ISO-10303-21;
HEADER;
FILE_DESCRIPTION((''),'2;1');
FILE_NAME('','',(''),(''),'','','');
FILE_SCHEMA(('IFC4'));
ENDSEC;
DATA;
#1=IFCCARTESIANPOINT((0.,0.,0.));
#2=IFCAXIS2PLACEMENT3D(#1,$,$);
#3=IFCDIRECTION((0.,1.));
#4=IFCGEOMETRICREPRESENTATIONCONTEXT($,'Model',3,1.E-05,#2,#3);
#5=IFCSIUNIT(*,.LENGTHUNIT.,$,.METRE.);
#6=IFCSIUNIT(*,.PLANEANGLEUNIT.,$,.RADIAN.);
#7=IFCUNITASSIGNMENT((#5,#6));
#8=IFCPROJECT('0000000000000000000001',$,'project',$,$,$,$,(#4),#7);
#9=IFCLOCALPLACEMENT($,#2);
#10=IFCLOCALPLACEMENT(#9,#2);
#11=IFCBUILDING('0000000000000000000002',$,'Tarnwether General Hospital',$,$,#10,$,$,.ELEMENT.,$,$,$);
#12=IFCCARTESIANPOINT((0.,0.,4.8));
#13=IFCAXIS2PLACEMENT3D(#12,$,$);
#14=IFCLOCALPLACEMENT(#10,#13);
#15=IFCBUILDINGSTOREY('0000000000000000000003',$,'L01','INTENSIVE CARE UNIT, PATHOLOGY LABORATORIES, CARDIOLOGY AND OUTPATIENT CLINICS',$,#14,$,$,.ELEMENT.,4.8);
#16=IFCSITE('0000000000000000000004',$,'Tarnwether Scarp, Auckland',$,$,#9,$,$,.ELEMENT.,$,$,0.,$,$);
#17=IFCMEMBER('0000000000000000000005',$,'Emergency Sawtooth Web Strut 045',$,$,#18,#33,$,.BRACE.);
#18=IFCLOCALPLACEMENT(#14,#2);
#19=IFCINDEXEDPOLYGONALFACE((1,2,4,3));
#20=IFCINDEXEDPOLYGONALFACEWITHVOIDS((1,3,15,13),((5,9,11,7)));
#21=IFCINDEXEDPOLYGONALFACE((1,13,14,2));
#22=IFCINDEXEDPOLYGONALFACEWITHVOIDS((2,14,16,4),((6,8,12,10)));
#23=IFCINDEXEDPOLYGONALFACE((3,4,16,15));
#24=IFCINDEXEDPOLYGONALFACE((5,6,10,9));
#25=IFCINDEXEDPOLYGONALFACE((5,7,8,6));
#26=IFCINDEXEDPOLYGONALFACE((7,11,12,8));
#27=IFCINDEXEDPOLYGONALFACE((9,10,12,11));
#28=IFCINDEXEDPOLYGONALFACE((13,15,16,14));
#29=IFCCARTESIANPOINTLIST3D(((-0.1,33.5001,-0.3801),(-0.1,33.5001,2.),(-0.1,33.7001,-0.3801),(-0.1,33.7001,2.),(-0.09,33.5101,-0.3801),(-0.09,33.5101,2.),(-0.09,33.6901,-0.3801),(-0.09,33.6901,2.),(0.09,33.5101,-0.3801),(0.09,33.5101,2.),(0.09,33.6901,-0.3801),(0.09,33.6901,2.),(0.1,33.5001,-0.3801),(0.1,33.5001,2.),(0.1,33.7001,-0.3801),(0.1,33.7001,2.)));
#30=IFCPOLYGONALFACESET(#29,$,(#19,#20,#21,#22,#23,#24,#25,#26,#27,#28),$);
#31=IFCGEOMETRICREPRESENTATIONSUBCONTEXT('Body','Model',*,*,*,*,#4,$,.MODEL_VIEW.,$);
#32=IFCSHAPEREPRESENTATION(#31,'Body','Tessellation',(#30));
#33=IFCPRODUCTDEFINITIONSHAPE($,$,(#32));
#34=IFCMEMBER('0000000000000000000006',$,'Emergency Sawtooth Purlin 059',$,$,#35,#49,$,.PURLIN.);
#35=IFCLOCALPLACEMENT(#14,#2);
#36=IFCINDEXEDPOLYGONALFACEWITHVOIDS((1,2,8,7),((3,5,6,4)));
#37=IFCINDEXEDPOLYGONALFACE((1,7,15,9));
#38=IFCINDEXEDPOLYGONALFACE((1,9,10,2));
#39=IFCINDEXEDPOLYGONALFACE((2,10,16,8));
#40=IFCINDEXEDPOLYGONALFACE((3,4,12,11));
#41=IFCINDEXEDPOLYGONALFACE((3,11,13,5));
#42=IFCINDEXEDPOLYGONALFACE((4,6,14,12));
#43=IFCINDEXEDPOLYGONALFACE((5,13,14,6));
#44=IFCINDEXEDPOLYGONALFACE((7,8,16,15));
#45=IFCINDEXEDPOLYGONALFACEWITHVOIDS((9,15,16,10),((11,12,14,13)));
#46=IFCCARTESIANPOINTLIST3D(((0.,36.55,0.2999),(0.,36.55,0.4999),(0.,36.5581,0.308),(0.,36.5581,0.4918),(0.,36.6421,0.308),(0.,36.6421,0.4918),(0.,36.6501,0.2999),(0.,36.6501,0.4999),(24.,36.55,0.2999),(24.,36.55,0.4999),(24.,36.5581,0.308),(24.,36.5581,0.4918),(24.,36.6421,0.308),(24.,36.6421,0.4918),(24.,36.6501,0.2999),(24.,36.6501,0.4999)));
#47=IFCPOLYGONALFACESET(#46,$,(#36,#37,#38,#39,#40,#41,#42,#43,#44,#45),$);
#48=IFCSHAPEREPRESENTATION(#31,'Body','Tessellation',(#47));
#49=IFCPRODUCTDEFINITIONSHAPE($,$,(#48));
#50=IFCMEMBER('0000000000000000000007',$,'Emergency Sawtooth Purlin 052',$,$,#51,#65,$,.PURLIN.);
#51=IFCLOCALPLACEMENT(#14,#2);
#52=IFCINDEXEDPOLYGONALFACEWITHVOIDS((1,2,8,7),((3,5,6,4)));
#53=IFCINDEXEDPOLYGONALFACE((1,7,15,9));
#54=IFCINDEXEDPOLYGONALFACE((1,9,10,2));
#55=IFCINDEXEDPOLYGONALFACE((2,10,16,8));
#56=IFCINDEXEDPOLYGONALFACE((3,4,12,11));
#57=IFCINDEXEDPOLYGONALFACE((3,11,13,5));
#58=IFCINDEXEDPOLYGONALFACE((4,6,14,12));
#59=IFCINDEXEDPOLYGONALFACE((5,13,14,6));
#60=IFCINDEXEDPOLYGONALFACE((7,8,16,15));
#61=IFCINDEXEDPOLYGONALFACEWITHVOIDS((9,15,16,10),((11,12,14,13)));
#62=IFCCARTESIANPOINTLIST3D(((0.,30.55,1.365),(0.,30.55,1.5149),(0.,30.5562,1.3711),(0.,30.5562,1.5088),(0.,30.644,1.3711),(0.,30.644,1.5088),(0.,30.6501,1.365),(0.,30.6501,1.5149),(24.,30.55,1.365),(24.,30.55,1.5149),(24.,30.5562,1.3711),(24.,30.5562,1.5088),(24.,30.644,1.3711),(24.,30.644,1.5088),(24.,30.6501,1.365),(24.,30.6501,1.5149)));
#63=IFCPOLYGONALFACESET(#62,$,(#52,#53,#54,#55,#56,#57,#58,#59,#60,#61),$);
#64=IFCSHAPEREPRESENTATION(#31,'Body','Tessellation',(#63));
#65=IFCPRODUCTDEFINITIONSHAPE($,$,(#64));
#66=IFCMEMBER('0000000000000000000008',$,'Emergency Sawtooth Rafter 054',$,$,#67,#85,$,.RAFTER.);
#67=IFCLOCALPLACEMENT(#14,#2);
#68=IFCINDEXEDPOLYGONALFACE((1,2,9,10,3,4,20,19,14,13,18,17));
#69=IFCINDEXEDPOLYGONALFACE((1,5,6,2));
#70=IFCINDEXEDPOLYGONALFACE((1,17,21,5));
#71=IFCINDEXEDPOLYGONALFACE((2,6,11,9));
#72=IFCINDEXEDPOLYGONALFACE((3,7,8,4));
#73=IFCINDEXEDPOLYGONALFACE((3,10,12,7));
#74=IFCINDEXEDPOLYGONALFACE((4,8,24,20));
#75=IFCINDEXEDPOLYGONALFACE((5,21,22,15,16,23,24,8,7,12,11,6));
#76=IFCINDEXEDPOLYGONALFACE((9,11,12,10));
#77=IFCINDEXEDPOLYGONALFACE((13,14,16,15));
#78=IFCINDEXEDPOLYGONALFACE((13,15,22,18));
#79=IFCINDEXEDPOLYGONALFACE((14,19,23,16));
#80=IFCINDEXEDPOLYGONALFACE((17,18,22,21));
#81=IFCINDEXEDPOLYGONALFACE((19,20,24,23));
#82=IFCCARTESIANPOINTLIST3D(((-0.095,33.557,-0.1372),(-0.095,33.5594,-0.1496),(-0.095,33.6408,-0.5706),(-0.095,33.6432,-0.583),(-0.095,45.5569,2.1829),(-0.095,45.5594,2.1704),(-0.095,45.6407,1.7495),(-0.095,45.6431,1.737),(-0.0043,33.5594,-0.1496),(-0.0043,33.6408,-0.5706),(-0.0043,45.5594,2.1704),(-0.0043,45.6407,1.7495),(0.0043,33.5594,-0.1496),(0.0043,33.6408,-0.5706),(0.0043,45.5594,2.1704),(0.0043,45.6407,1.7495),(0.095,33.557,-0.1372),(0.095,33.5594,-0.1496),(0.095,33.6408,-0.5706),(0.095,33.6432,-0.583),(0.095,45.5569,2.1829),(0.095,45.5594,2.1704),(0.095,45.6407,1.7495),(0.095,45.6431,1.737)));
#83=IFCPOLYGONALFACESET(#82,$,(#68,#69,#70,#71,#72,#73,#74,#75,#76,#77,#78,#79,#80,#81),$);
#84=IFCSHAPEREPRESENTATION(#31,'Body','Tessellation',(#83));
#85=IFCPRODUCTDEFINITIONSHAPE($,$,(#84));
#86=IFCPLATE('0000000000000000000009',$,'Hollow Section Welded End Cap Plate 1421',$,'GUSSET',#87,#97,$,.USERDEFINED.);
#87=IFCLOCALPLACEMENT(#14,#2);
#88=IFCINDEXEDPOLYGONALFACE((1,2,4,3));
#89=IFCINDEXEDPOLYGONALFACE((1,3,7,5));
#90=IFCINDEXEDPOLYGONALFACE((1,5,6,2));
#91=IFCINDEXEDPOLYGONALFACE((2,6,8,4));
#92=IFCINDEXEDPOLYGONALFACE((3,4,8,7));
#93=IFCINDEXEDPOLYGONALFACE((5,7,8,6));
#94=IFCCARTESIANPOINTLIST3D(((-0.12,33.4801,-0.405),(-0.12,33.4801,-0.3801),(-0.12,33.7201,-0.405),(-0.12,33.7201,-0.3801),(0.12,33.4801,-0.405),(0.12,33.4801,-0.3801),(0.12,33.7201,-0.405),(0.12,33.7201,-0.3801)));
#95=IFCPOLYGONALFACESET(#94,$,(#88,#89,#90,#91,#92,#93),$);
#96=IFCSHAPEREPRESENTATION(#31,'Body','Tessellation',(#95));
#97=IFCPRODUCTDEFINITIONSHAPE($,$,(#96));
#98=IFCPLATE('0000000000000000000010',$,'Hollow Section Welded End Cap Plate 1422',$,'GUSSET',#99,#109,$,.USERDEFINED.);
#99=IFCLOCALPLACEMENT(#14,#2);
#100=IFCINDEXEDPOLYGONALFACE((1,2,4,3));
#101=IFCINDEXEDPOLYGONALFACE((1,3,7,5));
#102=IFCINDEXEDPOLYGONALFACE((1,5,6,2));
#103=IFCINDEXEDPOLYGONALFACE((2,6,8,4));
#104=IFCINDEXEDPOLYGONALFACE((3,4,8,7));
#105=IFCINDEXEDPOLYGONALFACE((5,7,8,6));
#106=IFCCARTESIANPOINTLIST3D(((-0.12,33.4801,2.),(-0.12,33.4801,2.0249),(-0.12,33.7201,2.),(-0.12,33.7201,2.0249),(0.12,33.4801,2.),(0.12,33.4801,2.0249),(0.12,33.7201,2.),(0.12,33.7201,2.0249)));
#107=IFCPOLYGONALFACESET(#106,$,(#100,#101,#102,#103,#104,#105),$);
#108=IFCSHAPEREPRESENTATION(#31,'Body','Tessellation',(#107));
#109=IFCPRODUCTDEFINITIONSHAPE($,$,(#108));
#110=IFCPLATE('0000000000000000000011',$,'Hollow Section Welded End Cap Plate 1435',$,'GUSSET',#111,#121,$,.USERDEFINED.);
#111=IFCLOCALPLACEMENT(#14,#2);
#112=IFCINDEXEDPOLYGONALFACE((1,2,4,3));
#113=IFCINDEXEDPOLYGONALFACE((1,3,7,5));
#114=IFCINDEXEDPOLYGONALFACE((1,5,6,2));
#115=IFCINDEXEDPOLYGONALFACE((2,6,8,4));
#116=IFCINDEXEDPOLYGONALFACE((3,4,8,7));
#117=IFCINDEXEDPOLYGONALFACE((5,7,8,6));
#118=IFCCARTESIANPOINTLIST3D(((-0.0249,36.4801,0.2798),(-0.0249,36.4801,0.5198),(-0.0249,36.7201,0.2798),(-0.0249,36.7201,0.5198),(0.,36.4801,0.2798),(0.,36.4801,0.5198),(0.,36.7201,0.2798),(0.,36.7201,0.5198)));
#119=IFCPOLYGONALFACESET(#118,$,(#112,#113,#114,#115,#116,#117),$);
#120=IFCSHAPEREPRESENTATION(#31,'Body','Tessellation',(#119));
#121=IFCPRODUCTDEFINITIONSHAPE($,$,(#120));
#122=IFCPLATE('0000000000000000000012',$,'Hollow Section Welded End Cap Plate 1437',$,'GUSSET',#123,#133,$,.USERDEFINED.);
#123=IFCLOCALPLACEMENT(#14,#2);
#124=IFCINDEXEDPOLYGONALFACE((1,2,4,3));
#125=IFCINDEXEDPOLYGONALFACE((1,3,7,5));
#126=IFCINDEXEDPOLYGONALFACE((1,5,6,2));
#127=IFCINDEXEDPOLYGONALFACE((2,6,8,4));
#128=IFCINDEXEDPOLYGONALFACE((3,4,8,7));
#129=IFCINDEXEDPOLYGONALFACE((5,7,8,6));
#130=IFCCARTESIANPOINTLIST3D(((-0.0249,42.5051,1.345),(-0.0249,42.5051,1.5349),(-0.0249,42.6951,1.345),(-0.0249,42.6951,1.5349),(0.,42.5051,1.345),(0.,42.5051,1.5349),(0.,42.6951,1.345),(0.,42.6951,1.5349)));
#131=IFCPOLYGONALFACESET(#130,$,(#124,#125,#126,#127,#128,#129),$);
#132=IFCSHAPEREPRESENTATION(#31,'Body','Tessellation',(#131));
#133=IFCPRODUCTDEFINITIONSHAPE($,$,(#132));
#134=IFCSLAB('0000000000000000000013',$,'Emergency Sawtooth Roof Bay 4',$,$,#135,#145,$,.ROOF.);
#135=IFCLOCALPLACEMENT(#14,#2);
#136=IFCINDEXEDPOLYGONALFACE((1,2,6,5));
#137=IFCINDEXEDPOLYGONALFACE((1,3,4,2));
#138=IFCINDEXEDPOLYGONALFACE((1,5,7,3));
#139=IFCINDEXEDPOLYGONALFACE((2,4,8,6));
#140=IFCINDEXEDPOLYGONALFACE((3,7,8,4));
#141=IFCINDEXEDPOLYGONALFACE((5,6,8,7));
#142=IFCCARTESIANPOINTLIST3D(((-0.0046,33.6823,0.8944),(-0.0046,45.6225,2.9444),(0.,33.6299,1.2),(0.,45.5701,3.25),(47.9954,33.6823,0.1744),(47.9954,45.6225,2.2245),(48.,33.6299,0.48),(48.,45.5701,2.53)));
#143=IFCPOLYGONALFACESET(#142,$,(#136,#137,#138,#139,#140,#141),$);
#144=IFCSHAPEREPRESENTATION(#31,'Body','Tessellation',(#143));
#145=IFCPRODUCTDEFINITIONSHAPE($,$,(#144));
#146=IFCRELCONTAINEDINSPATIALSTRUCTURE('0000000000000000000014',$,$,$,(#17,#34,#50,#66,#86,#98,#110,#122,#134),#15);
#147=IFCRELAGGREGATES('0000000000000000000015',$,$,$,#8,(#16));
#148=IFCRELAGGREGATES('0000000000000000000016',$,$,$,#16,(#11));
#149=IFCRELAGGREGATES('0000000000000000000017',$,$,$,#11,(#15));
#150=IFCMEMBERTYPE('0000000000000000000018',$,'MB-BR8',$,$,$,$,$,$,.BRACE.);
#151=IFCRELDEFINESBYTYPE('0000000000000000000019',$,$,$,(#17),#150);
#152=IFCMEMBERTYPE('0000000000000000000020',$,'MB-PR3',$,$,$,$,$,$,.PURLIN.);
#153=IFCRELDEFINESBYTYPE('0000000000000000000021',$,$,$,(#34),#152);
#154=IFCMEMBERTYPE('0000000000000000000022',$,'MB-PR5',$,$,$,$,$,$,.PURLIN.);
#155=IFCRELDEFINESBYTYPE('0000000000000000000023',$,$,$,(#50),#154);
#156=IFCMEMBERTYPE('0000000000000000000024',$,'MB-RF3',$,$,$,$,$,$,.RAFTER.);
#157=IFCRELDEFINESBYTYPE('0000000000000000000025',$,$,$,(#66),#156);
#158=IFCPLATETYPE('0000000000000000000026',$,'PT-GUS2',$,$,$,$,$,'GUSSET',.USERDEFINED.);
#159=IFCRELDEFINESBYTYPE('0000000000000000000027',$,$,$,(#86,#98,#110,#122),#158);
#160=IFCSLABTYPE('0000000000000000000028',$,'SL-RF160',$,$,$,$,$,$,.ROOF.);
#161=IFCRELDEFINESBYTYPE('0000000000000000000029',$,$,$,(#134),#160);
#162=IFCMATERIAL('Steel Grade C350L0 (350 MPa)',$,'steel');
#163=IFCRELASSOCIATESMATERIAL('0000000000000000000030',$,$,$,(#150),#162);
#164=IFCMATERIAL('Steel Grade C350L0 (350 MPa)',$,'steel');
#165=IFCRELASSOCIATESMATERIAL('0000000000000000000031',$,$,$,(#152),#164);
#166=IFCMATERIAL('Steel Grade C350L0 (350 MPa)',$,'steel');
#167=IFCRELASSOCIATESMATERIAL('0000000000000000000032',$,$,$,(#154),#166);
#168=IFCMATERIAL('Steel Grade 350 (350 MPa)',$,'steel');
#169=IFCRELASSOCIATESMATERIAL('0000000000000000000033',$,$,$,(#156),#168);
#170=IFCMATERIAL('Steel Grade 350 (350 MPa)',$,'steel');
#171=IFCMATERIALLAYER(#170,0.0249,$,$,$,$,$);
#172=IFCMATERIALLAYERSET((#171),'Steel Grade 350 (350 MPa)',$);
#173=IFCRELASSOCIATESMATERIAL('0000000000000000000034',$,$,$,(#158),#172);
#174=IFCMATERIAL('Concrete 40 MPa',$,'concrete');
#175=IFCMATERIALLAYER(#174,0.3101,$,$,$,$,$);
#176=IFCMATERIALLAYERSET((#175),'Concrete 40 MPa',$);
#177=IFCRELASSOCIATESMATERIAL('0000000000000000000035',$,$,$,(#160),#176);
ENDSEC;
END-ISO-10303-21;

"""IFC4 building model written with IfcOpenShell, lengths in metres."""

from ifc_helpers import new_model, si_unit, direction, frame, origin, origin_2d, place, context, subcontext, project, spatial, polyline, rectangle, hollow_rectangle, i_section, outline, extrude, material, layer, layer_set, material_profile, profile_set, type_object, element, save


model = new_model("IFC4")

# Units and contexts
model_context = context("Model", 3, precision=1e-05, world=origin(), true_north=direction((0.0, 1.0)))
body_context = subcontext(model_context, "Body", "Model", "MODEL_VIEW")
ifc_project = project(units=[si_unit("LENGTHUNIT", "METRE"), si_unit("PLANEANGLEUNIT", "RADIAN")], contexts=[model_context])

# Site, building, storey
site_placement = place(None, origin())
site = spatial("IfcSite", under=ifc_project, at=site_placement, Name="Tarnwether Scarp, Auckland", CompositionType="ELEMENT", RefElevation=0.0)
building_placement = place(site_placement, origin())
building = spatial("IfcBuilding", under=site, at=building_placement, Name="Tarnwether General Hospital", CompositionType="ELEMENT")
storey_placement = place(building_placement, frame((0.0, 0.0, 4.8)))
storey = spatial("IfcBuildingStorey", under=building, at=storey_placement, Name="L01", Description="INTENSIVE CARE UNIT, PATHOLOGY LABORATORIES, CARDIOLOGY AND OUTPATIENT CLINICS", CompositionType="ELEMENT", Elevation=4.8)

# Members
ifc_material_1 = material(Name="Steel Grade C350L0 (350 MPa)", Category="steel")
ifc_material_profile_1 = material_profile(ifc_material_1, hollow_rectangle(XDim=0.2, YDim=0.2, WallThickness=0.01, at=origin_2d()), Name="SHS200x200x10")
ifc_profile_set_1 = profile_set([ifc_material_profile_1], Name="Steel Grade C350L0 (350 MPa)")
member_type_1 = type_object("IfcMemberType", Name="MB-BR8", PredefinedType="BRACE", material=ifc_profile_set_1)
member_1_placement = place(storey_placement, frame((0.0, 33.6001, -0.3801), z_axis=(0.0, 0.0, 1.0), x_axis=(1.0, 0.0, 0.0)))
element("IfcMember", 1, at=member_1_placement, inside=storey, type_object=member_type_1, Name="Emergency Sawtooth Web Strut 045", PredefinedType="BRACE", context=body_context, shape_type="SweptSolid", body=[
    extrude(hollow_rectangle(XDim=0.2, YDim=0.2, WallThickness=0.01, at=origin_2d()), origin(), (0.0, 0.0, 1.0), 2.3801),
])
ifc_material_2 = material(Name="Steel Grade C350L0 (350 MPa)", Category="steel")
ifc_material_profile_2 = material_profile(ifc_material_2, hollow_rectangle(XDim=0.1001, YDim=0.2, WallThickness=0.0081, at=origin_2d()), Name="RHS200x100x8")
ifc_profile_set_2 = profile_set([ifc_material_profile_2], Name="Steel Grade C350L0 (350 MPa)")
member_type_2 = type_object("IfcMemberType", Name="MB-PR3", PredefinedType="PURLIN", material=ifc_profile_set_2)
member_2_placement = place(storey_placement, frame((0.0, 36.6001, 0.3999), z_axis=(1.0, 0.0, 0.0), x_axis=(0.0, 1.0, 0.0)))
element("IfcMember", 2, at=member_2_placement, inside=storey, type_object=member_type_2, Name="Emergency Sawtooth Purlin 059", PredefinedType="PURLIN", context=body_context, shape_type="SweptSolid", body=[
    extrude(hollow_rectangle(XDim=0.1001, YDim=0.2, WallThickness=0.0081, at=origin_2d()), origin(), (0.0, 0.0, 1.0), 24.0),
])
ifc_material_3 = material(Name="Steel Grade C350L0 (350 MPa)", Category="steel")
ifc_material_profile_3 = material_profile(ifc_material_3, hollow_rectangle(XDim=0.1001, YDim=0.1499, WallThickness=0.0061, at=origin_2d()), Name="RHS150x100x6")
ifc_profile_set_3 = profile_set([ifc_material_profile_3], Name="Steel Grade C350L0 (350 MPa)")
member_type_3 = type_object("IfcMemberType", Name="MB-PR5", PredefinedType="PURLIN", material=ifc_profile_set_3)
member_3_placement = place(storey_placement, frame((0.0, 30.6001, 1.4399), z_axis=(1.0, 0.0, 0.0), x_axis=(0.0, 1.0, 0.0)))
element("IfcMember", 3, at=member_3_placement, inside=storey, type_object=member_type_3, Name="Emergency Sawtooth Purlin 052", PredefinedType="PURLIN", context=body_context, shape_type="SweptSolid", body=[
    extrude(hollow_rectangle(XDim=0.1001, YDim=0.1499, WallThickness=0.0061, at=origin_2d()), origin(), (0.0, 0.0, 1.0), 24.0),
])
ifc_material_4 = material(Name="Steel Grade 350 (350 MPa)", Category="steel")
ifc_material_profile_4 = material_profile(ifc_material_4, i_section(OverallWidth=0.1899, OverallDepth=0.4541, WebThickness=0.0085, FlangeThickness=0.0127, at=origin_2d()), Name="460UB67.1")
ifc_profile_set_4 = profile_set([ifc_material_profile_4], Name="Steel Grade 350 (350 MPa)")
member_type_4 = type_object("IfcMemberType", Name="MB-RF3", PredefinedType="RAFTER", material=ifc_profile_set_4)
member_4_placement = place(storey_placement, frame((0.0, 33.6001, -0.3601), z_axis=(0.0, 0.981818, 0.189824), x_axis=(-1.0, 0.0, 0.0)))
element("IfcMember", 4, at=member_4_placement, inside=storey, type_object=member_type_4, Name="Emergency Sawtooth Rafter 054", PredefinedType="RAFTER", context=body_context, shape_type="SweptSolid", body=[
    extrude(i_section(OverallWidth=0.1899, OverallDepth=0.4541, WebThickness=0.0085, FlangeThickness=0.0127, at=origin_2d()), origin(), (0.0, 0.0, 1.0), 12.2222),
])

# Plates
ifc_material_5 = material(Name="Steel Grade 350 (350 MPa)", Category="steel")
ifc_layer_1 = layer(ifc_material_5, 0.0249)
ifc_layer_set_1 = layer_set([ifc_layer_1], Name="Steel Grade 350 (350 MPa)")
plate_type = type_object("IfcPlateType", Name="PT-GUS2", ElementType="GUSSET", PredefinedType="USERDEFINED", material=ifc_layer_set_1)
for number, where, z_axis, x_axis, name in (
    (5, (0.0, 33.6001, -0.405), (0.0, 0.0, 1.0), (1.0, 0.0, 0.0), "Hollow Section Welded End Cap Plate 1421"),
    (6, (0.0, 33.6001, 2.0), (0.0, 0.0, 1.0), (1.0, 0.0, 0.0), "Hollow Section Welded End Cap Plate 1422"),
):
    element("IfcPlate", number, at=place(storey_placement, frame(where, z_axis=z_axis, x_axis=x_axis)), inside=storey, type_object=plate_type, Name=name, ObjectType="GUSSET", PredefinedType="USERDEFINED", context=body_context, shape_type="SweptSolid", body=[
        extrude(rectangle(XDim=0.24, YDim=0.24, at=origin_2d()), origin(), (0.0, 0.0, 1.0), 0.0249),
    ])
plate_1_placement = place(storey_placement, frame((-0.0125, 36.6001, 0.2798), z_axis=(0.0, 0.0, 1.0), x_axis=(1.0, 0.0, 0.0)))
element("IfcPlate", 7, at=plate_1_placement, inside=storey, type_object=plate_type, Name="Hollow Section Welded End Cap Plate 1435", ObjectType="GUSSET", PredefinedType="USERDEFINED", context=body_context, shape_type="SweptSolid", body=[
    extrude(rectangle(XDim=0.0249, YDim=0.24, at=origin_2d()), origin(), (0.0, 0.0, 1.0), 0.24),
])
plate_2_placement = place(storey_placement, frame((-0.0125, 42.6001, 1.345), z_axis=(0.0, 0.0, 1.0), x_axis=(1.0, 0.0, 0.0)))
element("IfcPlate", 8, at=plate_2_placement, inside=storey, type_object=plate_type, Name="Hollow Section Welded End Cap Plate 1437", ObjectType="GUSSET", PredefinedType="USERDEFINED", context=body_context, shape_type="SweptSolid", body=[
    extrude(rectangle(XDim=0.0249, YDim=0.1899, at=origin_2d()), origin(), (0.0, 0.0, 1.0), 0.1899),
])

# Slab
ifc_material_6 = material(Name="Concrete 40 MPa", Category="concrete")
ifc_layer_2 = layer(ifc_material_6, 0.3101)
ifc_layer_set_2 = layer_set([ifc_layer_2], Name="Concrete 40 MPa")
slab_type = type_object("IfcSlabType", Name="SL-RF160", PredefinedType="ROOF", material=ifc_layer_set_2)
slab_placement = place(storey_placement, frame((0.0, 33.6299, 1.2), z_axis=(0.014781, -0.169199, 0.985471), x_axis=(0.999888, 0.0, -0.014998)))
element("IfcSlab", 9, at=slab_placement, inside=storey, type_object=slab_type, Name="Emergency Sawtooth Roof Bay 4", PredefinedType="ROOF", context=body_context, shape_type="SweptSolid", body=[
    extrude(outline(polyline([(0.0, 0.0), (48.0054, 0.0), (47.9747, 12.1149), (-0.0307, 12.1149), (0.0, 0.0)])), origin(), (0.0, 0.0, -1.0), 0.3101),
])

save(model, "model.ifc")
